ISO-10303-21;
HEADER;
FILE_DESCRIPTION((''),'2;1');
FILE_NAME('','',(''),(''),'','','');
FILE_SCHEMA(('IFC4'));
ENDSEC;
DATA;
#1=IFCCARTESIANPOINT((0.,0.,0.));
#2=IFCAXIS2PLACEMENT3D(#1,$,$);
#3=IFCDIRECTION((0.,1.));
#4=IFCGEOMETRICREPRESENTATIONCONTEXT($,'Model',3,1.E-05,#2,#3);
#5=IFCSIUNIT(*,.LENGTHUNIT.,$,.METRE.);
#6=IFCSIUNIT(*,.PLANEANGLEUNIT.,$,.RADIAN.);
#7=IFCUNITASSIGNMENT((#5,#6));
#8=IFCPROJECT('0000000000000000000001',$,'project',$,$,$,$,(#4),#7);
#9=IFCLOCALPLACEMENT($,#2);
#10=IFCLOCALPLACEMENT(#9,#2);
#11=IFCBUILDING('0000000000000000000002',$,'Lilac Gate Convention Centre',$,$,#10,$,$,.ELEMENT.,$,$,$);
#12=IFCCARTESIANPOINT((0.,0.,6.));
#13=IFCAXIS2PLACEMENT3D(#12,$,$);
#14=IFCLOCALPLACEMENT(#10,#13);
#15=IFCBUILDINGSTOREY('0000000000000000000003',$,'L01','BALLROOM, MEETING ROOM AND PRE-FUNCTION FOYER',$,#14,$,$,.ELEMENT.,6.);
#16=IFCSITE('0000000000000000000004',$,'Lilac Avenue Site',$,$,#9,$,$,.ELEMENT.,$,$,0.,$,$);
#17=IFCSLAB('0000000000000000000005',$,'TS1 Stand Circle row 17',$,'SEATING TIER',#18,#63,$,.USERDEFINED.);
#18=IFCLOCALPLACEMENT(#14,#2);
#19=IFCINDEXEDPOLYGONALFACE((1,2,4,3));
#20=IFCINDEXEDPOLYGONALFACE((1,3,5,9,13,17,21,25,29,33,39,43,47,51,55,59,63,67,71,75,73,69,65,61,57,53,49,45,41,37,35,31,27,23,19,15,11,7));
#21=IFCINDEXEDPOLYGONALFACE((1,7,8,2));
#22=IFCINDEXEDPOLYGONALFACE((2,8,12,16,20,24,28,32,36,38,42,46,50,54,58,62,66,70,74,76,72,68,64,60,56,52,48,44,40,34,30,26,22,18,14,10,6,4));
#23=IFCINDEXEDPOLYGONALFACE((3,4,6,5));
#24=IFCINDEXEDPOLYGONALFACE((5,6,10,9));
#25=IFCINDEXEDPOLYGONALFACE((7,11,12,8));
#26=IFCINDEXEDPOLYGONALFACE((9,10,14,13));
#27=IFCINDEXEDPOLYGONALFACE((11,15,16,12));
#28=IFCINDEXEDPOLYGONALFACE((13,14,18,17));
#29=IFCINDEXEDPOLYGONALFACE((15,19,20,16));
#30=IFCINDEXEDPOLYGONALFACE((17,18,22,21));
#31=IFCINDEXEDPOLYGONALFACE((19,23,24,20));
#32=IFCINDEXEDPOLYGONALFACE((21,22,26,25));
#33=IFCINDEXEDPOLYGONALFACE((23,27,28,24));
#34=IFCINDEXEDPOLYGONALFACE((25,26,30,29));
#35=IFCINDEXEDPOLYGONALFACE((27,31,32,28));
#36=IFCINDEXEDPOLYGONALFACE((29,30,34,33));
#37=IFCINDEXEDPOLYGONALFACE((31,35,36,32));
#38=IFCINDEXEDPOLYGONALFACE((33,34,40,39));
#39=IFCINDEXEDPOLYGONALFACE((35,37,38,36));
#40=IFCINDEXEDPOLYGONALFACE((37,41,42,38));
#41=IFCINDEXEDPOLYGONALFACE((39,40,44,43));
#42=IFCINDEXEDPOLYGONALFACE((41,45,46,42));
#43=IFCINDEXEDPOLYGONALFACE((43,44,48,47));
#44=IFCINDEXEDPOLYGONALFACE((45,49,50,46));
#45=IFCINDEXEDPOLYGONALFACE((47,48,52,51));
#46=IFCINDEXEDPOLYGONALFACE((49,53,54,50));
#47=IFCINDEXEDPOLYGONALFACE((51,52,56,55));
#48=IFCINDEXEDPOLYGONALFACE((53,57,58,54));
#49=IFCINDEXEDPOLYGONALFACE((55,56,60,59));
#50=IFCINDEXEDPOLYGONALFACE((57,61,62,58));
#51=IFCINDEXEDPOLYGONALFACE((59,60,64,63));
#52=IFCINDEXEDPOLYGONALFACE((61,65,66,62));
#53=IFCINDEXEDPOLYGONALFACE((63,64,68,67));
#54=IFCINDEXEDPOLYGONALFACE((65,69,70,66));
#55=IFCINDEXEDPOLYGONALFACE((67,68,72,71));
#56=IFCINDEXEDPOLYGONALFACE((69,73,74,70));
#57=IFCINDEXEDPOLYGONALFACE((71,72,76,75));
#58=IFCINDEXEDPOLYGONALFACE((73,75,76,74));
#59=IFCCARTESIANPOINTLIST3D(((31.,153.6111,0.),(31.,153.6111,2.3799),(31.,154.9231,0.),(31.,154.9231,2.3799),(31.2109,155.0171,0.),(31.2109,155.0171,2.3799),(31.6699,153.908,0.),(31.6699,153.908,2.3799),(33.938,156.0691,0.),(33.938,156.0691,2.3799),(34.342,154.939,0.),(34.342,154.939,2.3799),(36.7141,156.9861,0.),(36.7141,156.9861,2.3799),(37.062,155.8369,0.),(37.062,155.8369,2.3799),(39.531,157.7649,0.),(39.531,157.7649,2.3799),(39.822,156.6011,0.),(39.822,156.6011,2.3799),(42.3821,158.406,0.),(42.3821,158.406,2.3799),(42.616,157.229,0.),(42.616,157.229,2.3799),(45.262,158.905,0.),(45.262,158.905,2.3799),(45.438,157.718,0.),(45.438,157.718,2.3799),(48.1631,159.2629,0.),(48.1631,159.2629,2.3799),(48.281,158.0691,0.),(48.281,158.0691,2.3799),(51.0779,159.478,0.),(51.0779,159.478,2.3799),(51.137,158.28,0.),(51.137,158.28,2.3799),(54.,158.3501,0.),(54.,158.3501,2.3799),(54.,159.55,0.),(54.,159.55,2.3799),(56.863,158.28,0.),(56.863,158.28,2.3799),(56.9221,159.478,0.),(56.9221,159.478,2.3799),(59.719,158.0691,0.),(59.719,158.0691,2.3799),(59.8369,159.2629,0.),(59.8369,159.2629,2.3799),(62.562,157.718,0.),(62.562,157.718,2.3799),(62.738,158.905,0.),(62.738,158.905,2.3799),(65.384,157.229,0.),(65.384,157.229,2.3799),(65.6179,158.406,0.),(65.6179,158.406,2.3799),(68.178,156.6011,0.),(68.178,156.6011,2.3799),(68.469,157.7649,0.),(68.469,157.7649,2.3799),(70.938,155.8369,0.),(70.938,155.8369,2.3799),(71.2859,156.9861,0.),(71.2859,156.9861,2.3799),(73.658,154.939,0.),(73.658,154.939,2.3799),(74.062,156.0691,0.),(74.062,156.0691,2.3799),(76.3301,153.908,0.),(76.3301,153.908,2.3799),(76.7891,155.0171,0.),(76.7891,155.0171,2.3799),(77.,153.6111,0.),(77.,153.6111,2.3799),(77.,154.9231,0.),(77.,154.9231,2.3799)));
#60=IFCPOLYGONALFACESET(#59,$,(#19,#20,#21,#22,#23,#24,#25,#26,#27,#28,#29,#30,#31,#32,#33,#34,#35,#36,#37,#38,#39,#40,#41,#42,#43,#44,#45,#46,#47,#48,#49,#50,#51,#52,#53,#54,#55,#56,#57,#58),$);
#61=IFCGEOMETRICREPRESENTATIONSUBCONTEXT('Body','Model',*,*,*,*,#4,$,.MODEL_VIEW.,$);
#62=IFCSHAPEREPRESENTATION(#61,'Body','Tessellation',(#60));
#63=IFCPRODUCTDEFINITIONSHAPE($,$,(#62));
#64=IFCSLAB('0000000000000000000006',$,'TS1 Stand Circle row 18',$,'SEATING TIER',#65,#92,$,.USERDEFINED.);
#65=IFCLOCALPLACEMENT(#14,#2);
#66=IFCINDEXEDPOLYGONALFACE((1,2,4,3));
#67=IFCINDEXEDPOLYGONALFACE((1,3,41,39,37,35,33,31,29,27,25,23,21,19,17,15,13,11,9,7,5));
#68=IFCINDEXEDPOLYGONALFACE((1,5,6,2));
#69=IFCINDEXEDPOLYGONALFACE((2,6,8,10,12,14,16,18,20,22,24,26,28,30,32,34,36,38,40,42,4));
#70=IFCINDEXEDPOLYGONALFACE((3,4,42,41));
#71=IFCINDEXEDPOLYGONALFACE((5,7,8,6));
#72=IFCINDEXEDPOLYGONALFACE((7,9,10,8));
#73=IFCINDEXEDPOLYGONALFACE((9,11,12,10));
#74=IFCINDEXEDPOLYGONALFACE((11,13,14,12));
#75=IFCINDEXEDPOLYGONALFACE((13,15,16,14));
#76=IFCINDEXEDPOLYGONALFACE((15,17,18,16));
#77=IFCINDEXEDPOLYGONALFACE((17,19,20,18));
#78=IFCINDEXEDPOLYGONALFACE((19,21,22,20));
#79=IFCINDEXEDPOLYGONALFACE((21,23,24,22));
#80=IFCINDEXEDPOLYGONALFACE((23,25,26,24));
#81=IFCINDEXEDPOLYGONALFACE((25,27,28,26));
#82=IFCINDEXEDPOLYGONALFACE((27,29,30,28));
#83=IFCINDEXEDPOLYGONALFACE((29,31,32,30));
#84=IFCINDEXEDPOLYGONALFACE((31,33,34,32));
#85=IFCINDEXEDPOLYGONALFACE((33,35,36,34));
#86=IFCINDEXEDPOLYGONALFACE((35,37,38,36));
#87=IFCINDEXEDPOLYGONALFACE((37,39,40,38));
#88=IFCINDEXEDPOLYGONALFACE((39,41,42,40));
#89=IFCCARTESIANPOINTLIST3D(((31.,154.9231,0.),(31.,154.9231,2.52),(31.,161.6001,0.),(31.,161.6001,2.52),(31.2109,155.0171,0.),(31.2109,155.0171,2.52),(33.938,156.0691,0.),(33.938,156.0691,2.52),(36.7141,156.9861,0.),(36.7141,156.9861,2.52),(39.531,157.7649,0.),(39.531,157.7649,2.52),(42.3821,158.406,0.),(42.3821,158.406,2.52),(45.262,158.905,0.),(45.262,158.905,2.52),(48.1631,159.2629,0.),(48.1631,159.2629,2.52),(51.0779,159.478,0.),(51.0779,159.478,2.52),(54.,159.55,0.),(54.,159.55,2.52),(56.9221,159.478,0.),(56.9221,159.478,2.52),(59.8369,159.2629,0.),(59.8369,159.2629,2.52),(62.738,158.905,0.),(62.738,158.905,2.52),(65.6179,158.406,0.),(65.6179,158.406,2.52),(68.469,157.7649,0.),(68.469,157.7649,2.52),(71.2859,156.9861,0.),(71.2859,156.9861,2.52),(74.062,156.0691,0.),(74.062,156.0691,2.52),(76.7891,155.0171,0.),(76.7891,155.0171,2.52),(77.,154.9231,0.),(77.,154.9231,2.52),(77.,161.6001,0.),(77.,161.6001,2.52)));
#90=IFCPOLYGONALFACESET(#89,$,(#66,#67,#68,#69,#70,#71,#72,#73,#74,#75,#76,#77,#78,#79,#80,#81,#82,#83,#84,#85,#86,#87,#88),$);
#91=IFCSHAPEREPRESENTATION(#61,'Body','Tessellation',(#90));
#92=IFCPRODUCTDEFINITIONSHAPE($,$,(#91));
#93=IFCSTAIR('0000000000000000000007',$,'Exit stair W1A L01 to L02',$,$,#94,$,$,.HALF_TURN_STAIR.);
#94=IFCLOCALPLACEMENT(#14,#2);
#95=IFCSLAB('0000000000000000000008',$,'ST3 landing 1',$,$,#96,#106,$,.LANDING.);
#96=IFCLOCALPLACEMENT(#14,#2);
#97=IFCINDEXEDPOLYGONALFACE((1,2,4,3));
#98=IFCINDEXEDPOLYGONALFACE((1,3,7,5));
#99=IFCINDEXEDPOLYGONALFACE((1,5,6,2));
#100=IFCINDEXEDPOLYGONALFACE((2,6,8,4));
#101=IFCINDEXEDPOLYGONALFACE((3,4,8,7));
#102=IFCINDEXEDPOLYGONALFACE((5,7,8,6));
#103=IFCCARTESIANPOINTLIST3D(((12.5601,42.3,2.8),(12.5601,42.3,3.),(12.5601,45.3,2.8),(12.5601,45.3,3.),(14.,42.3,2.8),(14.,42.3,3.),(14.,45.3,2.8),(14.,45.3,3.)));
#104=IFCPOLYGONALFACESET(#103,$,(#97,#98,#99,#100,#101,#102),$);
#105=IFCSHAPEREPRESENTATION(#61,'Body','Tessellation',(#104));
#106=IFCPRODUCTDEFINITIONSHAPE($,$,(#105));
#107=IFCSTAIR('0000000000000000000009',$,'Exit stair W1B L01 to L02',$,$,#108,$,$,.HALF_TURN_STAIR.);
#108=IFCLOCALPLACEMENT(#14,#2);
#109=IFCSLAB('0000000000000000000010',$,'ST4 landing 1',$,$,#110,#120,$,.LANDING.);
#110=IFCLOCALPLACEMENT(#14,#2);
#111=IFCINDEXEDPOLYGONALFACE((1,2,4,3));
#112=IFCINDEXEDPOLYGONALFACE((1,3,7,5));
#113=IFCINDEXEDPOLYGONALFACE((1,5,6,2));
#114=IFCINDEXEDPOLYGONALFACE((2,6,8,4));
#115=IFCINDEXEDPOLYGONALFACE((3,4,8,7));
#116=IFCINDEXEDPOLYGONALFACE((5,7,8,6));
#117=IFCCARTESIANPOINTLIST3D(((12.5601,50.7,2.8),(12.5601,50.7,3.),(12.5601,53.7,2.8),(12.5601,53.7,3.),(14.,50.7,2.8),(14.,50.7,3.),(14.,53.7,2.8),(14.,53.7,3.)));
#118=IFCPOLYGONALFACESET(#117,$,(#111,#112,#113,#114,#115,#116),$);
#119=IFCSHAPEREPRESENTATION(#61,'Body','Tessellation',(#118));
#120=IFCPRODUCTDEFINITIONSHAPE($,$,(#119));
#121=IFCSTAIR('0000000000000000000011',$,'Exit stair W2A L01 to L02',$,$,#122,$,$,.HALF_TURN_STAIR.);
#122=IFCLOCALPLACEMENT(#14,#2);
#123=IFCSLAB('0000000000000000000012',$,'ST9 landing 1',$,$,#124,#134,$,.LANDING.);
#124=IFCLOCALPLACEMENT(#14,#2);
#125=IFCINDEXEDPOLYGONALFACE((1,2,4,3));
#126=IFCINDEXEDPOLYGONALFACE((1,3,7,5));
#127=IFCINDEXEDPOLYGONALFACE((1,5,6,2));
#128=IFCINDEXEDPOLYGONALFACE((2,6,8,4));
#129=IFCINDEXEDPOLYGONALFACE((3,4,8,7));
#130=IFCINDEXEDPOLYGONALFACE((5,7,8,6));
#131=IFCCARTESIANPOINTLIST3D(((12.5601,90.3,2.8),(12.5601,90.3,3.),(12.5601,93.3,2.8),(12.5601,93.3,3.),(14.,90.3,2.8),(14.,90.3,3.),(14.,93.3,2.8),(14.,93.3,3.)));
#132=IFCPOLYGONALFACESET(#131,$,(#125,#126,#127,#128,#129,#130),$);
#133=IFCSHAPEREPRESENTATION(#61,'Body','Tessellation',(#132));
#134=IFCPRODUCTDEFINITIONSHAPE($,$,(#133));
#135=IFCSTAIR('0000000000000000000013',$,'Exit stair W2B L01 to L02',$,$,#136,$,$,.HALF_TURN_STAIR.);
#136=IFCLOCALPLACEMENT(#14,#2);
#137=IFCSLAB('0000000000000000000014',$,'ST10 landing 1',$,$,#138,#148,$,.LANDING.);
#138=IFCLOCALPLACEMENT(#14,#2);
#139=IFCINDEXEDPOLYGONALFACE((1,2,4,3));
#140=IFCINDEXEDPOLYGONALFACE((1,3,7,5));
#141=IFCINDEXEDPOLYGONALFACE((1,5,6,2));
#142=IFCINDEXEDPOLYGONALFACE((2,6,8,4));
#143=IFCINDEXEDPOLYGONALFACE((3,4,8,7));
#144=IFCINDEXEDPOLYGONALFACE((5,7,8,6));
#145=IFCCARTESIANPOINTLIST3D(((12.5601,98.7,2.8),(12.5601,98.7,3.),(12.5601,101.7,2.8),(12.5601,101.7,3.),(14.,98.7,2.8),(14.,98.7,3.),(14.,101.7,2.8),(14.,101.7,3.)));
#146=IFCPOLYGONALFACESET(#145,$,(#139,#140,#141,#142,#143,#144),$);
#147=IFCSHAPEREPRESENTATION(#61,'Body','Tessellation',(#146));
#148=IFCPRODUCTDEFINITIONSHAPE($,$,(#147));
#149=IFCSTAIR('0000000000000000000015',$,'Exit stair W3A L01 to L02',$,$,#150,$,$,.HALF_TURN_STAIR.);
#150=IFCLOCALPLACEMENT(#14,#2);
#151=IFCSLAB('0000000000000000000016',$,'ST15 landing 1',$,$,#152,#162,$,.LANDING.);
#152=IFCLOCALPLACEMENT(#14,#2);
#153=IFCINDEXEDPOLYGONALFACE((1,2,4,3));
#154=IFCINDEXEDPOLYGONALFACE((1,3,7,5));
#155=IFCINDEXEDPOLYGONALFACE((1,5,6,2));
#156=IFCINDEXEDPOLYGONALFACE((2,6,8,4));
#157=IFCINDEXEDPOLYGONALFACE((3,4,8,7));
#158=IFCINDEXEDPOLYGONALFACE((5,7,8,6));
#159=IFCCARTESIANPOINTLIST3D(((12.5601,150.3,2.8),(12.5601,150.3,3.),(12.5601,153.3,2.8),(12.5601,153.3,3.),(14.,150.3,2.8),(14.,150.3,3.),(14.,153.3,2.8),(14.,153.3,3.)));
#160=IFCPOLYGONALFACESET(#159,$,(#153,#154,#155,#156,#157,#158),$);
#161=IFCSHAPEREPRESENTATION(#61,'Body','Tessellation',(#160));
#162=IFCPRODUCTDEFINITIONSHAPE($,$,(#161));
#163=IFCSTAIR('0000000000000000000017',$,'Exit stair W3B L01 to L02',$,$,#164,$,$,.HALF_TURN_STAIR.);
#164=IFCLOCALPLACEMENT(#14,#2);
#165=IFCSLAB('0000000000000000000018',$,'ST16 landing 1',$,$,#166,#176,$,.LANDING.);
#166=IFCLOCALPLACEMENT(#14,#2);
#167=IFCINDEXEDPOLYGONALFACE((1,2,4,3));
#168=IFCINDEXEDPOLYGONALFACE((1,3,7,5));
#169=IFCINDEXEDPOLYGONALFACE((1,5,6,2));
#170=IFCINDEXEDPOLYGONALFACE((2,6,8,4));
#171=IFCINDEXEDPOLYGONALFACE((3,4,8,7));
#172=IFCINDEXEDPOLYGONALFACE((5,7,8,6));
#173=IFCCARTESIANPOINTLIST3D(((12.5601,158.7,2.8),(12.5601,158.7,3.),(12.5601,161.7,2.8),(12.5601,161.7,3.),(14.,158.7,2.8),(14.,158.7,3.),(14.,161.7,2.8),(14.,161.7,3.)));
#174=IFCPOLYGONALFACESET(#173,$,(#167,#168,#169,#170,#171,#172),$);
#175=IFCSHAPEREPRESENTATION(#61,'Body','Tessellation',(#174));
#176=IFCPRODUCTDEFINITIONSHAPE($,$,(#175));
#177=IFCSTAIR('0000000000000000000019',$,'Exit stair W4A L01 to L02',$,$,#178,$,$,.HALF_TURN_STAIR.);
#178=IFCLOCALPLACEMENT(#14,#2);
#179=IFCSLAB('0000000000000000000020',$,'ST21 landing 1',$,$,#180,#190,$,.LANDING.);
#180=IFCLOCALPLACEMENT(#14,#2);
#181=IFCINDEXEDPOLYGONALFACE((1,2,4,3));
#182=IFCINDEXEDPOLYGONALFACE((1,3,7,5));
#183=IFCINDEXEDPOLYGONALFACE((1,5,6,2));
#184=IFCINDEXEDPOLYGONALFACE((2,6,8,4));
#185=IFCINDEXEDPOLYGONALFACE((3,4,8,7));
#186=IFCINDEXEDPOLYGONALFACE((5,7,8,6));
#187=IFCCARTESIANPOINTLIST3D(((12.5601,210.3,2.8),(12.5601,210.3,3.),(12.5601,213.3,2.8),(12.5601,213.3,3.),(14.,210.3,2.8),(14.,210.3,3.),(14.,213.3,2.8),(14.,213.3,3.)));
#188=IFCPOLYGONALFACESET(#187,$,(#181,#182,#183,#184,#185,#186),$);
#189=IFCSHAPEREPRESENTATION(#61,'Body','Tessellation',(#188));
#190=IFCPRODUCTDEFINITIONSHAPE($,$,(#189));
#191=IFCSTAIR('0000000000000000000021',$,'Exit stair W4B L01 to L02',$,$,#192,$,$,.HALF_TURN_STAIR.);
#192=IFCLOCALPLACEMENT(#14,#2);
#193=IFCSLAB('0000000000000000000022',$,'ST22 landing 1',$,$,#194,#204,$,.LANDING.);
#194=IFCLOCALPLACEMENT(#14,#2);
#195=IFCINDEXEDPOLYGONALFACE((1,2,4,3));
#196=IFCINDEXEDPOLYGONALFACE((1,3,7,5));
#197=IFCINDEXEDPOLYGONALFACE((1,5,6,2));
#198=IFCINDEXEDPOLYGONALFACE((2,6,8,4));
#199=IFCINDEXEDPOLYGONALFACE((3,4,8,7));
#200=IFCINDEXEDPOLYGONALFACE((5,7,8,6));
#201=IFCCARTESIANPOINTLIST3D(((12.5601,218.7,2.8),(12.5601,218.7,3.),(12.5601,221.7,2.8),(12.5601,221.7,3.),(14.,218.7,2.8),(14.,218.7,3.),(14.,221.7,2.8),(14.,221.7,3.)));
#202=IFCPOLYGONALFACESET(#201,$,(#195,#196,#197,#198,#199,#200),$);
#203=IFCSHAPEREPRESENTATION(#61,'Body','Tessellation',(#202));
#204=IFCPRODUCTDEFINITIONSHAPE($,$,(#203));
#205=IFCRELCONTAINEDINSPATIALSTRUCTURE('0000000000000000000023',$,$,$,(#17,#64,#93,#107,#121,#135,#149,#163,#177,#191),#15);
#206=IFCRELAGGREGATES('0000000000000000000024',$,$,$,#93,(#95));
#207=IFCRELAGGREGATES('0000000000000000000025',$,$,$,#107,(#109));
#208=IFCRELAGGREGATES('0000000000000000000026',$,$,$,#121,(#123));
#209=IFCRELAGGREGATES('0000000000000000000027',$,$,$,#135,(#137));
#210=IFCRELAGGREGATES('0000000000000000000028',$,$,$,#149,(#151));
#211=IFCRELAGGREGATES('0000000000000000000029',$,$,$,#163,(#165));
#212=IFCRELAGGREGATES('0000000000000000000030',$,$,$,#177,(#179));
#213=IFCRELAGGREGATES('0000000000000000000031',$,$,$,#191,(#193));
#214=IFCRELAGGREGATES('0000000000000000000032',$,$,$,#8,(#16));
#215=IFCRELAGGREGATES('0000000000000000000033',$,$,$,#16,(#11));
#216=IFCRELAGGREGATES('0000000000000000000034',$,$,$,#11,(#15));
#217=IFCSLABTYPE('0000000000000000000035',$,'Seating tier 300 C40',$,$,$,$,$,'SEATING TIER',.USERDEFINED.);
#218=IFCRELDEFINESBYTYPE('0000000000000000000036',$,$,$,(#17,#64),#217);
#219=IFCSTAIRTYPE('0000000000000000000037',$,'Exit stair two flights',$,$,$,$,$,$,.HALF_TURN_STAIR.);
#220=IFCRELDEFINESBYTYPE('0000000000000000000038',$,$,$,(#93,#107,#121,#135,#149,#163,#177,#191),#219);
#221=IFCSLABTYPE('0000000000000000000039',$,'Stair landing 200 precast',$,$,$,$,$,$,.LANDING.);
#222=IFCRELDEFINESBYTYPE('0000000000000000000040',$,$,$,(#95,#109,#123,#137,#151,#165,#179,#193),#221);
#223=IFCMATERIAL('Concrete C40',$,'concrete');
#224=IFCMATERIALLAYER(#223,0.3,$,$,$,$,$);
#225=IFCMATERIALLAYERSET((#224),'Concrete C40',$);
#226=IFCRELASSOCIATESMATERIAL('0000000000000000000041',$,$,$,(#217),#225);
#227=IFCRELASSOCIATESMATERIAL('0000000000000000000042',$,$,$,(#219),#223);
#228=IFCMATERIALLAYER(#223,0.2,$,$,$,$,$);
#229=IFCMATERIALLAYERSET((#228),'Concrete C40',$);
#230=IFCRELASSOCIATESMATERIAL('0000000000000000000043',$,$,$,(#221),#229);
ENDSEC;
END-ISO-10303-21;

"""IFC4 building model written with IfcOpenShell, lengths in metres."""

from ifc_helpers import new_model, si_unit, direction, frame, origin, place, context, subcontext, project, spatial, polyline, outline, extrude, material, layer, layer_set, type_object, element, aggregate, save


model = new_model("IFC4")

# Units and contexts
model_context = context("Model", 3, precision=1e-05, world=origin(), true_north=direction((0.0, 1.0)))
body_context = subcontext(model_context, "Body", "Model", "MODEL_VIEW")
ifc_project = project(units=[si_unit("LENGTHUNIT", "METRE"), si_unit("PLANEANGLEUNIT", "RADIAN")], contexts=[model_context])

# Site, building, storey
site_placement = place(None, origin())
site = spatial("IfcSite", under=ifc_project, at=site_placement, Name="Lilac Avenue Site", CompositionType="ELEMENT", RefElevation=0.0)
building_placement = place(site_placement, origin())
building = spatial("IfcBuilding", under=site, at=building_placement, Name="Lilac Gate Convention Centre", CompositionType="ELEMENT")
storey_placement = place(building_placement, frame((0.0, 0.0, 6.0)))
storey = spatial("IfcBuildingStorey", under=building, at=storey_placement, Name="L01", Description="BALLROOM, MEETING ROOM AND PRE-FUNCTION FOYER", CompositionType="ELEMENT", Elevation=6.0)

# Shared definitions
ifc_material = material(Name="Concrete C40", Category="concrete")

# Slabs
ifc_layer_1 = layer(ifc_material, 0.3)
ifc_layer_set_1 = layer_set([ifc_layer_1], Name="Concrete C40")
slab_type_1 = type_object("IfcSlabType", Name="Seating tier 300 C40", ElementType="SEATING TIER", PredefinedType="USERDEFINED", material=ifc_layer_set_1)
slab_1_placement = place(storey_placement, origin())
element("IfcSlab", 1, at=slab_1_placement, inside=storey, type_object=slab_type_1, Name="TS1 Stand Circle row 17", ObjectType="SEATING TIER", PredefinedType="USERDEFINED", context=body_context, shape_type="SweptSolid", body=[
    extrude(outline(polyline([(31.2109, 155.0171), (33.938, 156.0691), (36.7141, 156.9861), (39.531, 157.7649), (42.3821, 158.406), (45.262, 158.905), (48.1631, 159.2629), (51.0779, 159.478), (54.0, 159.55), (56.9221, 159.478), (59.8369, 159.2629), (62.738, 158.905), (65.6179, 158.406), (68.469, 157.7649), (71.2859, 156.9861), (74.062, 156.0691), (76.7891, 155.0171), (77.0, 154.9231), (77.0, 153.6111), (76.3301, 153.908), (73.658, 154.939), (70.938, 155.8369), (68.178, 156.6011), (65.384, 157.229), (62.562, 157.718), (59.719, 158.0691), (56.863, 158.28), (54.0, 158.3501), (51.137, 158.28), (48.281, 158.0691), (45.438, 157.718), (42.616, 157.229), (39.822, 156.6011), (37.062, 155.8369), (34.342, 154.939), (31.6699, 153.908), (31.0, 153.6111), (31.0, 154.9231), (31.2109, 155.0171)])), origin(), (0.0, 0.0, 1.0), 2.3799),
])
slab_2_placement = place(storey_placement, origin())
element("IfcSlab", 2, at=slab_2_placement, inside=storey, type_object=slab_type_1, Name="TS1 Stand Circle row 18", ObjectType="SEATING TIER", PredefinedType="USERDEFINED", context=body_context, shape_type="SweptSolid", body=[
    extrude(outline(polyline([(76.7891, 155.0171), (74.062, 156.0691), (71.2859, 156.9861), (68.469, 157.7649), (65.6179, 158.406), (62.738, 158.905), (59.8369, 159.2629), (56.9221, 159.478), (54.0, 159.55), (51.0779, 159.478), (48.1631, 159.2629), (45.262, 158.905), (42.3821, 158.406), (39.531, 157.7649), (36.7141, 156.9861), (33.938, 156.0691), (31.2109, 155.0171), (31.0, 154.9231), (31.0, 161.6001), (77.0, 161.6001), (77.0, 154.9231), (76.7891, 155.0171)])), origin(), (0.0, 0.0, 1.0), 2.52),
])

# Stairs, slabs
stair_type_1 = type_object("IfcStairType", Name="Exit stair two flights", PredefinedType="HALF_TURN_STAIR", material=ifc_material)
stair_1_placement = place(storey_placement, origin())
stair_1 = element("IfcStair", 3, at=stair_1_placement, inside=storey, type_object=stair_type_1, Name="Exit stair W1A L01 to L02", PredefinedType="HALF_TURN_STAIR")
ifc_layer_2 = layer(ifc_material, 0.2)
ifc_layer_set_2 = layer_set([ifc_layer_2], Name="Concrete C40")
slab_type_2 = type_object("IfcSlabType", Name="Stair landing 200 precast", PredefinedType="LANDING", material=ifc_layer_set_2)
slab_3_placement = place(storey_placement, frame((0.0, 0.0, 2.8)))
slab_3 = element("IfcSlab", 4, at=slab_3_placement, type_object=slab_type_2, Name="ST3 landing 1", PredefinedType="LANDING", context=body_context, shape_type="SweptSolid", body=[
    extrude(outline(polyline([(12.5601, 42.3), (14.0, 42.3), (14.0, 45.3), (12.5601, 45.3), (12.5601, 42.3)])), origin(), (0.0, 0.0, 1.0), 0.2),
])
aggregate(stair_1, [slab_3])
stair_2_placement = place(storey_placement, origin())
stair_2 = element("IfcStair", 5, at=stair_2_placement, inside=storey, type_object=stair_type_1, Name="Exit stair W1B L01 to L02", PredefinedType="HALF_TURN_STAIR")
slab_4_placement = place(storey_placement, frame((0.0, 0.0, 2.8)))
slab_4 = element("IfcSlab", 6, at=slab_4_placement, type_object=slab_type_2, Name="ST4 landing 1", PredefinedType="LANDING", context=body_context, shape_type="SweptSolid", body=[
    extrude(outline(polyline([(12.5601, 50.7), (14.0, 50.7), (14.0, 53.7), (12.5601, 53.7), (12.5601, 50.7)])), origin(), (0.0, 0.0, 1.0), 0.2),
])
aggregate(stair_2, [slab_4])
stair_3_placement = place(storey_placement, origin())
stair_3 = element("IfcStair", 7, at=stair_3_placement, inside=storey, type_object=stair_type_1, Name="Exit stair W2A L01 to L02", PredefinedType="HALF_TURN_STAIR")
slab_5_placement = place(storey_placement, frame((0.0, 0.0, 2.8)))
slab_5 = element("IfcSlab", 8, at=slab_5_placement, type_object=slab_type_2, Name="ST9 landing 1", PredefinedType="LANDING", context=body_context, shape_type="SweptSolid", body=[
    extrude(outline(polyline([(12.5601, 90.3), (14.0, 90.3), (14.0, 93.3), (12.5601, 93.3), (12.5601, 90.3)])), origin(), (0.0, 0.0, 1.0), 0.2),
])
aggregate(stair_3, [slab_5])
stair_4_placement = place(storey_placement, origin())
stair_4 = element("IfcStair", 9, at=stair_4_placement, inside=storey, type_object=stair_type_1, Name="Exit stair W2B L01 to L02", PredefinedType="HALF_TURN_STAIR")
slab_6_placement = place(storey_placement, frame((0.0, 0.0, 2.8)))
slab_6 = element("IfcSlab", 10, at=slab_6_placement, type_object=slab_type_2, Name="ST10 landing 1", PredefinedType="LANDING", context=body_context, shape_type="SweptSolid", body=[
    extrude(outline(polyline([(12.5601, 98.7), (14.0, 98.7), (14.0, 101.7), (12.5601, 101.7), (12.5601, 98.7)])), origin(), (0.0, 0.0, 1.0), 0.2),
])
aggregate(stair_4, [slab_6])
stair_5_placement = place(storey_placement, origin())
stair_5 = element("IfcStair", 11, at=stair_5_placement, inside=storey, type_object=stair_type_1, Name="Exit stair W3A L01 to L02", PredefinedType="HALF_TURN_STAIR")
slab_7_placement = place(storey_placement, frame((0.0, 0.0, 2.8)))
slab_7 = element("IfcSlab", 12, at=slab_7_placement, type_object=slab_type_2, Name="ST15 landing 1", PredefinedType="LANDING", context=body_context, shape_type="SweptSolid", body=[
    extrude(outline(polyline([(12.5601, 150.3), (14.0, 150.3), (14.0, 153.3), (12.5601, 153.3), (12.5601, 150.3)])), origin(), (0.0, 0.0, 1.0), 0.2),
])
aggregate(stair_5, [slab_7])
stair_6_placement = place(storey_placement, origin())
stair_6 = element("IfcStair", 13, at=stair_6_placement, inside=storey, type_object=stair_type_1, Name="Exit stair W3B L01 to L02", PredefinedType="HALF_TURN_STAIR")
slab_8_placement = place(storey_placement, frame((0.0, 0.0, 2.8)))
slab_8 = element("IfcSlab", 14, at=slab_8_placement, type_object=slab_type_2, Name="ST16 landing 1", PredefinedType="LANDING", context=body_context, shape_type="SweptSolid", body=[
    extrude(outline(polyline([(12.5601, 158.7), (14.0, 158.7), (14.0, 161.7), (12.5601, 161.7), (12.5601, 158.7)])), origin(), (0.0, 0.0, 1.0), 0.2),
])
aggregate(stair_6, [slab_8])
stair_7_placement = place(storey_placement, origin())
stair_7 = element("IfcStair", 15, at=stair_7_placement, inside=storey, type_object=stair_type_1, Name="Exit stair W4A L01 to L02", PredefinedType="HALF_TURN_STAIR")
slab_9_placement = place(storey_placement, frame((0.0, 0.0, 2.8)))
slab_9 = element("IfcSlab", 16, at=slab_9_placement, type_object=slab_type_2, Name="ST21 landing 1", PredefinedType="LANDING", context=body_context, shape_type="SweptSolid", body=[
    extrude(outline(polyline([(12.5601, 210.3), (14.0, 210.3), (14.0, 213.3), (12.5601, 213.3), (12.5601, 210.3)])), origin(), (0.0, 0.0, 1.0), 0.2),
])
aggregate(stair_7, [slab_9])
stair_8_placement = place(storey_placement, origin())
stair_8 = element("IfcStair", 17, at=stair_8_placement, inside=storey, type_object=stair_type_1, Name="Exit stair W4B L01 to L02", PredefinedType="HALF_TURN_STAIR")
slab_10_placement = place(storey_placement, frame((0.0, 0.0, 2.8)))
slab_10 = element("IfcSlab", 18, at=slab_10_placement, type_object=slab_type_2, Name="ST22 landing 1", PredefinedType="LANDING", context=body_context, shape_type="SweptSolid", body=[
    extrude(outline(polyline([(12.5601, 218.7), (14.0, 218.7), (14.0, 221.7), (12.5601, 221.7), (12.5601, 218.7)])), origin(), (0.0, 0.0, 1.0), 0.2),
])
aggregate(stair_8, [slab_10])

save(model, "model.ifc")
